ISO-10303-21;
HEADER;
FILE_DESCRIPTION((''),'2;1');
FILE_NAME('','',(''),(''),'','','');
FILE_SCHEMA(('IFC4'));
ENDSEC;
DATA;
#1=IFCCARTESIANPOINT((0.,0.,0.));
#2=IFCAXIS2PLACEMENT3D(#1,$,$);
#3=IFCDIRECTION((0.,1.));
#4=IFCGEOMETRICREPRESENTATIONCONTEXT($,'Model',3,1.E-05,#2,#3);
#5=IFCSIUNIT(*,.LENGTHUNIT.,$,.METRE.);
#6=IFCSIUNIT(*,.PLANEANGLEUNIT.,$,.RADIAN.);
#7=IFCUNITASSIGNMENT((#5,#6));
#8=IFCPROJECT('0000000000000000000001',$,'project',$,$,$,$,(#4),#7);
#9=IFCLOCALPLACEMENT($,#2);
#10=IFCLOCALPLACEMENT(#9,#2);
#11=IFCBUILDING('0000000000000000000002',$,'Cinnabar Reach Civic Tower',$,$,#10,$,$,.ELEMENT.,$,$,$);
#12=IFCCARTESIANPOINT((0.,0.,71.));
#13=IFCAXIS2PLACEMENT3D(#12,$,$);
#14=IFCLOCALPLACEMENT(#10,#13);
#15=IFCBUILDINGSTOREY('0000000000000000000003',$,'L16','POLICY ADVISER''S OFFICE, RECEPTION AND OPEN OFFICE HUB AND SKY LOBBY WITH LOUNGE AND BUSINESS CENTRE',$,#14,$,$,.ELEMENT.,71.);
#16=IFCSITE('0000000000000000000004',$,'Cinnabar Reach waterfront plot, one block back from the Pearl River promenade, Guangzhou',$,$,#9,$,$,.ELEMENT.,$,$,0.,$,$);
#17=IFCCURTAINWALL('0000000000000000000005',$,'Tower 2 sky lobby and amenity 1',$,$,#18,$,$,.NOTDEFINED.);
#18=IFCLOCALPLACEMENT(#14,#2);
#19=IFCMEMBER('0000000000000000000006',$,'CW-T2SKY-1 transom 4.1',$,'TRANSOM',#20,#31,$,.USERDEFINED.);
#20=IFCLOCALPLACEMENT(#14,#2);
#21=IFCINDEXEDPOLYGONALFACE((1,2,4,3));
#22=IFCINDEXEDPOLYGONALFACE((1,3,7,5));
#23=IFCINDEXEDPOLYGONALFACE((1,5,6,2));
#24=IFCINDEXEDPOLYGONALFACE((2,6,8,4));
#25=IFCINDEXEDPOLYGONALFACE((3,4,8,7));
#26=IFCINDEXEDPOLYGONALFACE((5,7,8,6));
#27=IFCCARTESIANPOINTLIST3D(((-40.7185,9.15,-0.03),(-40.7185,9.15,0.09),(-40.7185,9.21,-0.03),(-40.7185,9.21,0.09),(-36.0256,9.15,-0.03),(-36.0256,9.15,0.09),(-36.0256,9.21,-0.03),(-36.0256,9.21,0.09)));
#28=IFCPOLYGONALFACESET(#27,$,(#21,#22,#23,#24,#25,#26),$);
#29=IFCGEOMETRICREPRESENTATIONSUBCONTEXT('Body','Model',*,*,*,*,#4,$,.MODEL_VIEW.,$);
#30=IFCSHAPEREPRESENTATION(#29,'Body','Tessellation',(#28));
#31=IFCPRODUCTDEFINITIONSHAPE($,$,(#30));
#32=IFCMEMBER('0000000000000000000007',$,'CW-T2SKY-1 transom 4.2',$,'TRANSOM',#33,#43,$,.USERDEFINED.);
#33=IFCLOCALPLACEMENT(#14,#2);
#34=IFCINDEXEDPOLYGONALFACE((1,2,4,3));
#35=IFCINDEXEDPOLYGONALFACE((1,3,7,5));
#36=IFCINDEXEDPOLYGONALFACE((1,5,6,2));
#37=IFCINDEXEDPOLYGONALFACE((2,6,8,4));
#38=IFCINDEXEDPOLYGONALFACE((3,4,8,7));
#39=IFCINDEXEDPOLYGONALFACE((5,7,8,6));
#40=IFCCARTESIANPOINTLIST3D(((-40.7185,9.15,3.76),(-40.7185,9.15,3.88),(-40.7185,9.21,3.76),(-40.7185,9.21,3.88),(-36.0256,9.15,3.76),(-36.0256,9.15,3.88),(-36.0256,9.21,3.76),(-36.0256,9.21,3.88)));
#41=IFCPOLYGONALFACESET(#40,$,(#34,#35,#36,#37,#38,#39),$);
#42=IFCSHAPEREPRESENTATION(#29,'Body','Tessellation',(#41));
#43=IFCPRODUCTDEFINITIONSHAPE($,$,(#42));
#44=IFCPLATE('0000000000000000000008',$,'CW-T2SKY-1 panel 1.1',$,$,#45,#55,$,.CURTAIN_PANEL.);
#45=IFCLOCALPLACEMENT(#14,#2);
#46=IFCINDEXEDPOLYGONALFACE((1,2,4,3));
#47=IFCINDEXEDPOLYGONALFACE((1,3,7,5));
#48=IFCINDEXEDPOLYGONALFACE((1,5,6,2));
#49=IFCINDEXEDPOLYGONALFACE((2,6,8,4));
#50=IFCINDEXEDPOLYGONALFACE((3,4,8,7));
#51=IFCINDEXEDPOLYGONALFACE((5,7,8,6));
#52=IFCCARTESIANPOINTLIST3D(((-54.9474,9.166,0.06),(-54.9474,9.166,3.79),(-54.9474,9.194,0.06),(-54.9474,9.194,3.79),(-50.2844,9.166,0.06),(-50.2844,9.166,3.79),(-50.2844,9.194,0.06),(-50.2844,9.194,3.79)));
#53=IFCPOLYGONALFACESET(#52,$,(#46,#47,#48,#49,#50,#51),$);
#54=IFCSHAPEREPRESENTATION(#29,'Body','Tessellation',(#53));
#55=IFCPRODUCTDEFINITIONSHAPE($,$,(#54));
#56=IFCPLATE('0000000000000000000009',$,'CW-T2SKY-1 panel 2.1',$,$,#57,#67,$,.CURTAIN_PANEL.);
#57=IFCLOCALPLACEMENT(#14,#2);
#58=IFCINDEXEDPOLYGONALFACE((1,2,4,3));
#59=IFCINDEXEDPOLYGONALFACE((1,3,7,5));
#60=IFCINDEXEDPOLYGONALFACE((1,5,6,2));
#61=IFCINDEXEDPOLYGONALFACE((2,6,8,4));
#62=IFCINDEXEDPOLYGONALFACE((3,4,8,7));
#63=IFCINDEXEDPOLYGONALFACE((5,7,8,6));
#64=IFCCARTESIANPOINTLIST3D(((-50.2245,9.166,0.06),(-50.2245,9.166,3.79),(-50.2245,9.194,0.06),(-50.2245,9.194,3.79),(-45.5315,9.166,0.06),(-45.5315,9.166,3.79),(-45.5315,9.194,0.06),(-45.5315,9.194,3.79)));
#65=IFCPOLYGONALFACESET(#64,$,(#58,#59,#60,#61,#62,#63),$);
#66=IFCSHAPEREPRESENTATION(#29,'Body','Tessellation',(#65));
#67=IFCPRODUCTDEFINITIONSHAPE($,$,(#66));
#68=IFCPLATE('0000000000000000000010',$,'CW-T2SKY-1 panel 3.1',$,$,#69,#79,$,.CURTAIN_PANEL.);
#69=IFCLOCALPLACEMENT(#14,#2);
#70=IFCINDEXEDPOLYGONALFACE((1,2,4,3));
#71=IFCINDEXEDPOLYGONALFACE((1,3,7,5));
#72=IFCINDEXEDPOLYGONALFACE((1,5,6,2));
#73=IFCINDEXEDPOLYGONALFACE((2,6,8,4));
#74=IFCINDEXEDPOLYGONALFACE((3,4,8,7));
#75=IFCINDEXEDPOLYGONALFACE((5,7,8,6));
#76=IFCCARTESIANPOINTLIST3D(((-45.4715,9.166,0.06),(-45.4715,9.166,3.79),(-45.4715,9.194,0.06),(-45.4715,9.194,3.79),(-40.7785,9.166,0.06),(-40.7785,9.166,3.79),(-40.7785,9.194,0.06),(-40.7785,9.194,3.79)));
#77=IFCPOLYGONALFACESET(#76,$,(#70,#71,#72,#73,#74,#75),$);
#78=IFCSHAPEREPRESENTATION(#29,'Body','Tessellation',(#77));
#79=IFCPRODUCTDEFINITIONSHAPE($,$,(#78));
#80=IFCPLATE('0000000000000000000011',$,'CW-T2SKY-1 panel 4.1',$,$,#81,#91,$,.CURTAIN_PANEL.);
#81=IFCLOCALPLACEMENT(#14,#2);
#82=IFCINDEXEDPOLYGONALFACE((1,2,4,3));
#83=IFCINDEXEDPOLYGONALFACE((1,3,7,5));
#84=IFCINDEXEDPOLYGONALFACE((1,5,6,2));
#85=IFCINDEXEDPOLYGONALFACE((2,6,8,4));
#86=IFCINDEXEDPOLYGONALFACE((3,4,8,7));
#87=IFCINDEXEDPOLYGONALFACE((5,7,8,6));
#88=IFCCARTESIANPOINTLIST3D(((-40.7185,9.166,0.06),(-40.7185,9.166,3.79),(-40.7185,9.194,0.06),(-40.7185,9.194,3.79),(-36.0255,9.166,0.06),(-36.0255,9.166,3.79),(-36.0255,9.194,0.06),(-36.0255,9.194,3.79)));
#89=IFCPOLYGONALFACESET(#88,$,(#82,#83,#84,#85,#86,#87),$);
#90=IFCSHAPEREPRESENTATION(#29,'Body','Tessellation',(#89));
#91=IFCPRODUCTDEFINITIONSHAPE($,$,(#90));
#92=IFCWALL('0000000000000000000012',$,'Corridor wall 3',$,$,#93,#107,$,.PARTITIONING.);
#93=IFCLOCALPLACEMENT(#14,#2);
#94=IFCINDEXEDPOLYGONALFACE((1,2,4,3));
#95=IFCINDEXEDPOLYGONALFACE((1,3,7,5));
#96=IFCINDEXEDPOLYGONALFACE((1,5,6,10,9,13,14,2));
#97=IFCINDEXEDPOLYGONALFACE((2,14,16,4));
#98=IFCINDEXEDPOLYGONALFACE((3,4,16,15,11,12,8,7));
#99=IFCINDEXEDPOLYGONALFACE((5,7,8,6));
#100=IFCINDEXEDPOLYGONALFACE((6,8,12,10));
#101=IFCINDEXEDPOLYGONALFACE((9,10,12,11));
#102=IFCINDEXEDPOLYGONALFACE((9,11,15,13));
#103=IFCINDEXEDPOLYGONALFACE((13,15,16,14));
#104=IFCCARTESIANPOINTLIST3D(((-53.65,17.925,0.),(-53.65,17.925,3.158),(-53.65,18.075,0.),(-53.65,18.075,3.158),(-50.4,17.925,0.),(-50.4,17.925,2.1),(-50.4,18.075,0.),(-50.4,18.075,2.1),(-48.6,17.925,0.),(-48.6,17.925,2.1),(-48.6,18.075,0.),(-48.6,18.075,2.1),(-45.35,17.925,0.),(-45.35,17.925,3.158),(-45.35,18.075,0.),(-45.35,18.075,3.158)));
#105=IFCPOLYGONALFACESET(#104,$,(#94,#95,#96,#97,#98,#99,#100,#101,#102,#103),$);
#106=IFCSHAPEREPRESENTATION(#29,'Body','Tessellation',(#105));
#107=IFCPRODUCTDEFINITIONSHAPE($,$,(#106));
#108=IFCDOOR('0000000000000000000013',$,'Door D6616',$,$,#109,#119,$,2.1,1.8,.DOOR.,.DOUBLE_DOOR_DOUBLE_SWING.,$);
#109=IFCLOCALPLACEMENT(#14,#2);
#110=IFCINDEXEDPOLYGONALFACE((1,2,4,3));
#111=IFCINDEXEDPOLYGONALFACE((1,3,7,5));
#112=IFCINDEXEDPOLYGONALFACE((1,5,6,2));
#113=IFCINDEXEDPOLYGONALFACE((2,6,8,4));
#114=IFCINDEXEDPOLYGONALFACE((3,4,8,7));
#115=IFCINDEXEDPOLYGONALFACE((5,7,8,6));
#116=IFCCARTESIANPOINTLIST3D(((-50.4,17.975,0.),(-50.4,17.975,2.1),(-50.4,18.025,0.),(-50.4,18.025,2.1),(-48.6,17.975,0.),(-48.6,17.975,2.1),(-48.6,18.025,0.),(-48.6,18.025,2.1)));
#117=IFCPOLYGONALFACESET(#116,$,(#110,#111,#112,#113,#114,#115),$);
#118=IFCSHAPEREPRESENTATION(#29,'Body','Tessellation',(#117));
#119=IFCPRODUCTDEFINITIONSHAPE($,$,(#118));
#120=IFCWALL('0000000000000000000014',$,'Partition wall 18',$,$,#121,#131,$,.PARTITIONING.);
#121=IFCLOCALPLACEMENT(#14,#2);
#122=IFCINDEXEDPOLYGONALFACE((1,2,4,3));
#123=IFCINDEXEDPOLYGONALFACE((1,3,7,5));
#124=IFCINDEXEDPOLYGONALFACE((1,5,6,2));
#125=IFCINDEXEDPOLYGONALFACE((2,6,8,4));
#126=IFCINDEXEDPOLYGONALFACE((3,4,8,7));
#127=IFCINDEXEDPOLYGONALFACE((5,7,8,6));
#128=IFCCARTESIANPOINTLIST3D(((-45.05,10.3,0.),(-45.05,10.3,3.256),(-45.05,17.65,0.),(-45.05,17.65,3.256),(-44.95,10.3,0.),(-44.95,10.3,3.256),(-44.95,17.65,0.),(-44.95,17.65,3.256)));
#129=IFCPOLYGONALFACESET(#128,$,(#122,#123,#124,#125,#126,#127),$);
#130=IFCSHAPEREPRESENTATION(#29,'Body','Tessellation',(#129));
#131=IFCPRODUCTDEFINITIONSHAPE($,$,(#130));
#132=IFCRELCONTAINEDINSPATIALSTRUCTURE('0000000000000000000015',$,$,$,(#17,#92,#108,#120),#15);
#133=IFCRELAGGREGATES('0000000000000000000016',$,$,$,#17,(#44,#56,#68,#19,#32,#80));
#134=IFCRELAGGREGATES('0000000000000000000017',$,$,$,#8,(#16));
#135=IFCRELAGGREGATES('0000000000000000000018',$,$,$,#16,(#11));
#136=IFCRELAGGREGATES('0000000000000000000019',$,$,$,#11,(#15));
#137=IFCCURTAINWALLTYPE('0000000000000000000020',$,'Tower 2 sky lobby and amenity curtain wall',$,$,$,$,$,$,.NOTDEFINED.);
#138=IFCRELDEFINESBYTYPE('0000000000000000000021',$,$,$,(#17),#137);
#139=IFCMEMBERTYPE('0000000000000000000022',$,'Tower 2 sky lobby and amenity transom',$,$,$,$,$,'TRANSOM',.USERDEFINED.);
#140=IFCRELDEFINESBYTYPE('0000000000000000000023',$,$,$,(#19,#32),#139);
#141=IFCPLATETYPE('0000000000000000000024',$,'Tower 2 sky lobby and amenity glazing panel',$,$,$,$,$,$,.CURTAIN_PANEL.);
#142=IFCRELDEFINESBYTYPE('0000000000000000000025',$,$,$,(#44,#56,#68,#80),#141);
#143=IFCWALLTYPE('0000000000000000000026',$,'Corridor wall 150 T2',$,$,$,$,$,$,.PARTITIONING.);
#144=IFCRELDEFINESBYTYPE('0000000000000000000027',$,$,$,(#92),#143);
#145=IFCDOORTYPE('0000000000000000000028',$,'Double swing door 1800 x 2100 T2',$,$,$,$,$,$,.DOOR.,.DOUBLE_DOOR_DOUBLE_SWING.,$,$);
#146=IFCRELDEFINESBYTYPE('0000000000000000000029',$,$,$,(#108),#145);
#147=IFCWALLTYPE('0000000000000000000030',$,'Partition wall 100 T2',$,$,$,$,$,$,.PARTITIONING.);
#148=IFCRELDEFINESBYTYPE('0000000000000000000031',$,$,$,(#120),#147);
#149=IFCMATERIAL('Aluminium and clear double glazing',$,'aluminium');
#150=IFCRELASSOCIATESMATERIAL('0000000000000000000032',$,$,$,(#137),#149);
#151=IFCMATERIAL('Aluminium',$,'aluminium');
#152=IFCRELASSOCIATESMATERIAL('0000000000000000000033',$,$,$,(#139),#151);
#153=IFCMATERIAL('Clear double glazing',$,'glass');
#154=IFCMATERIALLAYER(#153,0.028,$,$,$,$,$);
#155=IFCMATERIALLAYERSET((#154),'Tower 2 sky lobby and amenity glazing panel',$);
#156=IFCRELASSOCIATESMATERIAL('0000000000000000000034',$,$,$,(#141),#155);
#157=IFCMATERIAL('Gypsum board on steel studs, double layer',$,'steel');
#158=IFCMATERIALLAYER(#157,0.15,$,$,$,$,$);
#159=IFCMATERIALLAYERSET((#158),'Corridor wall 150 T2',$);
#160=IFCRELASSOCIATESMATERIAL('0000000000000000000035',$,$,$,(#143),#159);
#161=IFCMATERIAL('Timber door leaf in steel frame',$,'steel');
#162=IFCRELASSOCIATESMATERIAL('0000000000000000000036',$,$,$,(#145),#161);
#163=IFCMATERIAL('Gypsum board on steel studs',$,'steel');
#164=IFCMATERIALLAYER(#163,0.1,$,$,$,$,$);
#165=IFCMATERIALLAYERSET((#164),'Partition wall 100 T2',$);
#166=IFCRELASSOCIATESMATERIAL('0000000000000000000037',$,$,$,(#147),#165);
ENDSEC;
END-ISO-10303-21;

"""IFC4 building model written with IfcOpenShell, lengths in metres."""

from ifc_helpers import new_model, si_unit, direction, frame, frame_2d, origin, origin_2d, place, context, subcontext, project, spatial, rectangle, extrude, material, layer, layer_set, material_profile, profile_set, type_object, element, fill, aggregate, save


model = new_model("IFC4")

# Units and contexts
model_context = context("Model", 3, precision=1e-05, world=origin(), true_north=direction((0.0, 1.0)))
body_context = subcontext(model_context, "Body", "Model", "MODEL_VIEW")
ifc_project = project(units=[si_unit("LENGTHUNIT", "METRE"), si_unit("PLANEANGLEUNIT", "RADIAN")], contexts=[model_context])

# Site, building, storey
site_placement = place(None, origin())
site = spatial("IfcSite", under=ifc_project, at=site_placement, Name="Cinnabar Reach waterfront plot, one block back from the Pearl River promenade, Guangzhou", CompositionType="ELEMENT", RefElevation=0.0)
building_placement = place(site_placement, origin())
building = spatial("IfcBuilding", under=site, at=building_placement, Name="Cinnabar Reach Civic Tower", CompositionType="ELEMENT")
storey_placement = place(building_placement, frame((0.0, 0.0, 71.0)))
storey = spatial("IfcBuildingStorey", under=building, at=storey_placement, Name="L16", Description="POLICY ADVISER'S OFFICE, RECEPTION AND OPEN OFFICE HUB AND SKY LOBBY WITH LOUNGE AND BUSINESS CENTRE", CompositionType="ELEMENT", Elevation=71.0)

# Curtain wall, members, plates
ifc_material_1 = material(Name="Aluminium and clear double glazing", Category="aluminium")
curtain_wall_type = type_object("IfcCurtainWallType", Name="Tower 2 sky lobby and amenity curtain wall", PredefinedType="NOTDEFINED", material=ifc_material_1)
curtain_wall_placement = place(storey_placement, origin())
curtain_wall = element("IfcCurtainWall", 1, at=curtain_wall_placement, inside=storey, type_object=curtain_wall_type, Name="Tower 2 sky lobby and amenity 1", PredefinedType="NOTDEFINED")
ifc_material_2 = material(Name="Aluminium", Category="aluminium")
ifc_material_profile_1 = material_profile(ifc_material_2, rectangle(XDim=0.06, YDim=0.12, at=origin_2d()), Name="Tower 2 sky lobby and amenity transom")
ifc_profile_set_1 = profile_set([ifc_material_profile_1], Name="Aluminium")
member_type_1 = type_object("IfcMemberType", Name="Tower 2 sky lobby and amenity transom", ElementType="TRANSOM", PredefinedType="USERDEFINED", material=ifc_profile_set_1)
member_1_placement = place(storey_placement, frame((-40.7185, 9.18, 0.03), z_axis=(1.0, 0.0, 0.0), x_axis=(0.0, 1.0, 0.0)))
member_1 = element("IfcMember", 2, at=member_1_placement, type_object=member_type_1, Name="CW-T2SKY-1 transom 4.1", ObjectType="TRANSOM", PredefinedType="USERDEFINED", context=body_context, shape_type="SweptSolid", body=[
    extrude(rectangle(XDim=0.06, YDim=0.12, at=origin_2d()), origin(), (0.0, 0.0, 1.0), 4.6929),
])
member_2_placement = place(storey_placement, frame((-40.7185, 9.18, 3.82), z_axis=(1.0, 0.0, 0.0), x_axis=(0.0, 1.0, 0.0)))
member_2 = element("IfcMember", 3, at=member_2_placement, type_object=member_type_1, Name="CW-T2SKY-1 transom 4.2", ObjectType="TRANSOM", PredefinedType="USERDEFINED", context=body_context, shape_type="SweptSolid", body=[
    extrude(rectangle(XDim=0.06, YDim=0.12, at=origin_2d()), origin(), (0.0, 0.0, 1.0), 4.6929),
])
ifc_material_3 = material(Name="Clear double glazing", Category="glass")
ifc_layer_1 = layer(ifc_material_3, 0.028)
ifc_layer_set_1 = layer_set([ifc_layer_1], Name="Tower 2 sky lobby and amenity glazing panel")
plate_type = type_object("IfcPlateType", Name="Tower 2 sky lobby and amenity glazing panel", PredefinedType="CURTAIN_PANEL", material=ifc_layer_set_1)
plate_1_placement = place(storey_placement, frame((-52.6159, 9.18, 0.06), z_axis=(0.0, 0.0, 1.0), x_axis=(1.0, 0.0, 0.0)))
plate_1 = element("IfcPlate", 4, at=plate_1_placement, type_object=plate_type, Name="CW-T2SKY-1 panel 1.1", PredefinedType="CURTAIN_PANEL", context=body_context, shape_type="SweptSolid", body=[
    extrude(rectangle(XDim=4.663, YDim=0.028, at=origin_2d()), origin(), (0.0, 0.0, 1.0), 3.73),
])
plate_2_placement = place(storey_placement, frame((-47.878, 9.18, 0.06), z_axis=(0.0, 0.0, 1.0), x_axis=(1.0, 0.0, 0.0)))
plate_2 = element("IfcPlate", 5, at=plate_2_placement, type_object=plate_type, Name="CW-T2SKY-1 panel 2.1", PredefinedType="CURTAIN_PANEL", context=body_context, shape_type="SweptSolid", body=[
    extrude(rectangle(XDim=4.693, YDim=0.028, at=origin_2d()), origin(), (0.0, 0.0, 1.0), 3.73),
])
plate_3_placement = place(storey_placement, frame((-43.125, 9.18, 0.06), z_axis=(0.0, 0.0, 1.0), x_axis=(1.0, 0.0, 0.0)))
plate_3 = element("IfcPlate", 6, at=plate_3_placement, type_object=plate_type, Name="CW-T2SKY-1 panel 3.1", PredefinedType="CURTAIN_PANEL", context=body_context, shape_type="SweptSolid", body=[
    extrude(rectangle(XDim=4.693, YDim=0.028, at=origin_2d()), origin(), (0.0, 0.0, 1.0), 3.73),
])
plate_4_placement = place(storey_placement, frame((-38.372, 9.18, 0.06), z_axis=(0.0, 0.0, 1.0), x_axis=(1.0, 0.0, 0.0)))
plate_4 = element("IfcPlate", 7, at=plate_4_placement, type_object=plate_type, Name="CW-T2SKY-1 panel 4.1", PredefinedType="CURTAIN_PANEL", context=body_context, shape_type="SweptSolid", body=[
    extrude(rectangle(XDim=4.693, YDim=0.028, at=origin_2d()), origin(), (0.0, 0.0, 1.0), 3.73),
])
aggregate(curtain_wall, [plate_1, plate_2, plate_3, member_1, member_2, plate_4])

# Wall, opening, door
ifc_material_4 = material(Name="Gypsum board on steel studs, double layer", Category="steel")
ifc_layer_2 = layer(ifc_material_4, 0.15)
ifc_layer_set_2 = layer_set([ifc_layer_2], Name="Corridor wall 150 T2")
wall_type_1 = type_object("IfcWallType", Name="Corridor wall 150 T2", PredefinedType="PARTITIONING", material=ifc_layer_set_2)
wall_1_placement = place(storey_placement, frame((-53.65, 18.0, 0.0), z_axis=(0.0, 0.0, 1.0), x_axis=(1.0, 0.0, 0.0)))
wall_1 = element("IfcWall", 8, at=wall_1_placement, inside=storey, type_object=wall_type_1, Name="Corridor wall 3", PredefinedType="PARTITIONING", context=body_context, shape_type="SweptSolid", body=[
    extrude(rectangle(XDim=8.3, YDim=0.15, at=frame_2d((4.15, 0.0))), origin(), (0.0, 0.0, 1.0), 3.158),
])
opening_placement = place(wall_1_placement, frame((3.25, 0.0, 0.0)))
opening = element("IfcOpeningElement", 9, at=opening_placement, cuts=wall_1, PredefinedType="OPENING", context=body_context, shape_type="SweptSolid", body=[
    extrude(rectangle(XDim=1.8, YDim=2.1, at=frame_2d((0.9, 1.05))), frame((0.0, 0.085, 0.0), z_axis=(0.0, -1.0, 0.0), x_axis=(1.0, 0.0, 0.0)), (0.0, 0.0, 1.0), 0.17),
])
ifc_material_5 = material(Name="Timber door leaf in steel frame", Category="steel")
door_type = type_object("IfcDoorType", Name="Double swing door 1800 x 2100 T2", OperationType="DOUBLE_DOOR_DOUBLE_SWING", PredefinedType="DOOR", material=ifc_material_5)
door_placement = place(opening_placement, frame((1.8, 0.0, 0.0), z_axis=(0.0, 0.0, 1.0), x_axis=(-1.0, 0.0, 0.0)))
door = element("IfcDoor", 10, at=door_placement, inside=storey, type_object=door_type, Name="Door D6616", OperationType="DOUBLE_DOOR_DOUBLE_SWING", OverallHeight=2.1, OverallWidth=1.8, PredefinedType="DOOR", context=body_context, shape_type="SweptSolid", body=[
    extrude(rectangle(XDim=1.8, YDim=2.1, at=frame_2d((0.9, 1.05))), frame((0.0, 0.025, 0.0), z_axis=(0.0, -1.0, 0.0), x_axis=(1.0, 0.0, 0.0)), (0.0, 0.0, 1.0), 0.05),
])
fill(opening, door)

# Wall
ifc_material_6 = material(Name="Gypsum board on steel studs", Category="steel")
ifc_layer_3 = layer(ifc_material_6, 0.1)
ifc_layer_set_3 = layer_set([ifc_layer_3], Name="Partition wall 100 T2")
wall_type_2 = type_object("IfcWallType", Name="Partition wall 100 T2", PredefinedType="PARTITIONING", material=ifc_layer_set_3)
wall_2_placement = place(storey_placement, frame((-45.0, 10.3, 0.0), z_axis=(0.0, 0.0, 1.0), x_axis=(0.0, 1.0, 0.0)))
element("IfcWall", 11, at=wall_2_placement, inside=storey, type_object=wall_type_2, Name="Partition wall 18", PredefinedType="PARTITIONING", context=body_context, shape_type="SweptSolid", body=[
    extrude(rectangle(XDim=7.35, YDim=0.1, at=frame_2d((3.675, 0.0))), origin(), (0.0, 0.0, 1.0), 3.256),
])

save(model, "model.ifc")
